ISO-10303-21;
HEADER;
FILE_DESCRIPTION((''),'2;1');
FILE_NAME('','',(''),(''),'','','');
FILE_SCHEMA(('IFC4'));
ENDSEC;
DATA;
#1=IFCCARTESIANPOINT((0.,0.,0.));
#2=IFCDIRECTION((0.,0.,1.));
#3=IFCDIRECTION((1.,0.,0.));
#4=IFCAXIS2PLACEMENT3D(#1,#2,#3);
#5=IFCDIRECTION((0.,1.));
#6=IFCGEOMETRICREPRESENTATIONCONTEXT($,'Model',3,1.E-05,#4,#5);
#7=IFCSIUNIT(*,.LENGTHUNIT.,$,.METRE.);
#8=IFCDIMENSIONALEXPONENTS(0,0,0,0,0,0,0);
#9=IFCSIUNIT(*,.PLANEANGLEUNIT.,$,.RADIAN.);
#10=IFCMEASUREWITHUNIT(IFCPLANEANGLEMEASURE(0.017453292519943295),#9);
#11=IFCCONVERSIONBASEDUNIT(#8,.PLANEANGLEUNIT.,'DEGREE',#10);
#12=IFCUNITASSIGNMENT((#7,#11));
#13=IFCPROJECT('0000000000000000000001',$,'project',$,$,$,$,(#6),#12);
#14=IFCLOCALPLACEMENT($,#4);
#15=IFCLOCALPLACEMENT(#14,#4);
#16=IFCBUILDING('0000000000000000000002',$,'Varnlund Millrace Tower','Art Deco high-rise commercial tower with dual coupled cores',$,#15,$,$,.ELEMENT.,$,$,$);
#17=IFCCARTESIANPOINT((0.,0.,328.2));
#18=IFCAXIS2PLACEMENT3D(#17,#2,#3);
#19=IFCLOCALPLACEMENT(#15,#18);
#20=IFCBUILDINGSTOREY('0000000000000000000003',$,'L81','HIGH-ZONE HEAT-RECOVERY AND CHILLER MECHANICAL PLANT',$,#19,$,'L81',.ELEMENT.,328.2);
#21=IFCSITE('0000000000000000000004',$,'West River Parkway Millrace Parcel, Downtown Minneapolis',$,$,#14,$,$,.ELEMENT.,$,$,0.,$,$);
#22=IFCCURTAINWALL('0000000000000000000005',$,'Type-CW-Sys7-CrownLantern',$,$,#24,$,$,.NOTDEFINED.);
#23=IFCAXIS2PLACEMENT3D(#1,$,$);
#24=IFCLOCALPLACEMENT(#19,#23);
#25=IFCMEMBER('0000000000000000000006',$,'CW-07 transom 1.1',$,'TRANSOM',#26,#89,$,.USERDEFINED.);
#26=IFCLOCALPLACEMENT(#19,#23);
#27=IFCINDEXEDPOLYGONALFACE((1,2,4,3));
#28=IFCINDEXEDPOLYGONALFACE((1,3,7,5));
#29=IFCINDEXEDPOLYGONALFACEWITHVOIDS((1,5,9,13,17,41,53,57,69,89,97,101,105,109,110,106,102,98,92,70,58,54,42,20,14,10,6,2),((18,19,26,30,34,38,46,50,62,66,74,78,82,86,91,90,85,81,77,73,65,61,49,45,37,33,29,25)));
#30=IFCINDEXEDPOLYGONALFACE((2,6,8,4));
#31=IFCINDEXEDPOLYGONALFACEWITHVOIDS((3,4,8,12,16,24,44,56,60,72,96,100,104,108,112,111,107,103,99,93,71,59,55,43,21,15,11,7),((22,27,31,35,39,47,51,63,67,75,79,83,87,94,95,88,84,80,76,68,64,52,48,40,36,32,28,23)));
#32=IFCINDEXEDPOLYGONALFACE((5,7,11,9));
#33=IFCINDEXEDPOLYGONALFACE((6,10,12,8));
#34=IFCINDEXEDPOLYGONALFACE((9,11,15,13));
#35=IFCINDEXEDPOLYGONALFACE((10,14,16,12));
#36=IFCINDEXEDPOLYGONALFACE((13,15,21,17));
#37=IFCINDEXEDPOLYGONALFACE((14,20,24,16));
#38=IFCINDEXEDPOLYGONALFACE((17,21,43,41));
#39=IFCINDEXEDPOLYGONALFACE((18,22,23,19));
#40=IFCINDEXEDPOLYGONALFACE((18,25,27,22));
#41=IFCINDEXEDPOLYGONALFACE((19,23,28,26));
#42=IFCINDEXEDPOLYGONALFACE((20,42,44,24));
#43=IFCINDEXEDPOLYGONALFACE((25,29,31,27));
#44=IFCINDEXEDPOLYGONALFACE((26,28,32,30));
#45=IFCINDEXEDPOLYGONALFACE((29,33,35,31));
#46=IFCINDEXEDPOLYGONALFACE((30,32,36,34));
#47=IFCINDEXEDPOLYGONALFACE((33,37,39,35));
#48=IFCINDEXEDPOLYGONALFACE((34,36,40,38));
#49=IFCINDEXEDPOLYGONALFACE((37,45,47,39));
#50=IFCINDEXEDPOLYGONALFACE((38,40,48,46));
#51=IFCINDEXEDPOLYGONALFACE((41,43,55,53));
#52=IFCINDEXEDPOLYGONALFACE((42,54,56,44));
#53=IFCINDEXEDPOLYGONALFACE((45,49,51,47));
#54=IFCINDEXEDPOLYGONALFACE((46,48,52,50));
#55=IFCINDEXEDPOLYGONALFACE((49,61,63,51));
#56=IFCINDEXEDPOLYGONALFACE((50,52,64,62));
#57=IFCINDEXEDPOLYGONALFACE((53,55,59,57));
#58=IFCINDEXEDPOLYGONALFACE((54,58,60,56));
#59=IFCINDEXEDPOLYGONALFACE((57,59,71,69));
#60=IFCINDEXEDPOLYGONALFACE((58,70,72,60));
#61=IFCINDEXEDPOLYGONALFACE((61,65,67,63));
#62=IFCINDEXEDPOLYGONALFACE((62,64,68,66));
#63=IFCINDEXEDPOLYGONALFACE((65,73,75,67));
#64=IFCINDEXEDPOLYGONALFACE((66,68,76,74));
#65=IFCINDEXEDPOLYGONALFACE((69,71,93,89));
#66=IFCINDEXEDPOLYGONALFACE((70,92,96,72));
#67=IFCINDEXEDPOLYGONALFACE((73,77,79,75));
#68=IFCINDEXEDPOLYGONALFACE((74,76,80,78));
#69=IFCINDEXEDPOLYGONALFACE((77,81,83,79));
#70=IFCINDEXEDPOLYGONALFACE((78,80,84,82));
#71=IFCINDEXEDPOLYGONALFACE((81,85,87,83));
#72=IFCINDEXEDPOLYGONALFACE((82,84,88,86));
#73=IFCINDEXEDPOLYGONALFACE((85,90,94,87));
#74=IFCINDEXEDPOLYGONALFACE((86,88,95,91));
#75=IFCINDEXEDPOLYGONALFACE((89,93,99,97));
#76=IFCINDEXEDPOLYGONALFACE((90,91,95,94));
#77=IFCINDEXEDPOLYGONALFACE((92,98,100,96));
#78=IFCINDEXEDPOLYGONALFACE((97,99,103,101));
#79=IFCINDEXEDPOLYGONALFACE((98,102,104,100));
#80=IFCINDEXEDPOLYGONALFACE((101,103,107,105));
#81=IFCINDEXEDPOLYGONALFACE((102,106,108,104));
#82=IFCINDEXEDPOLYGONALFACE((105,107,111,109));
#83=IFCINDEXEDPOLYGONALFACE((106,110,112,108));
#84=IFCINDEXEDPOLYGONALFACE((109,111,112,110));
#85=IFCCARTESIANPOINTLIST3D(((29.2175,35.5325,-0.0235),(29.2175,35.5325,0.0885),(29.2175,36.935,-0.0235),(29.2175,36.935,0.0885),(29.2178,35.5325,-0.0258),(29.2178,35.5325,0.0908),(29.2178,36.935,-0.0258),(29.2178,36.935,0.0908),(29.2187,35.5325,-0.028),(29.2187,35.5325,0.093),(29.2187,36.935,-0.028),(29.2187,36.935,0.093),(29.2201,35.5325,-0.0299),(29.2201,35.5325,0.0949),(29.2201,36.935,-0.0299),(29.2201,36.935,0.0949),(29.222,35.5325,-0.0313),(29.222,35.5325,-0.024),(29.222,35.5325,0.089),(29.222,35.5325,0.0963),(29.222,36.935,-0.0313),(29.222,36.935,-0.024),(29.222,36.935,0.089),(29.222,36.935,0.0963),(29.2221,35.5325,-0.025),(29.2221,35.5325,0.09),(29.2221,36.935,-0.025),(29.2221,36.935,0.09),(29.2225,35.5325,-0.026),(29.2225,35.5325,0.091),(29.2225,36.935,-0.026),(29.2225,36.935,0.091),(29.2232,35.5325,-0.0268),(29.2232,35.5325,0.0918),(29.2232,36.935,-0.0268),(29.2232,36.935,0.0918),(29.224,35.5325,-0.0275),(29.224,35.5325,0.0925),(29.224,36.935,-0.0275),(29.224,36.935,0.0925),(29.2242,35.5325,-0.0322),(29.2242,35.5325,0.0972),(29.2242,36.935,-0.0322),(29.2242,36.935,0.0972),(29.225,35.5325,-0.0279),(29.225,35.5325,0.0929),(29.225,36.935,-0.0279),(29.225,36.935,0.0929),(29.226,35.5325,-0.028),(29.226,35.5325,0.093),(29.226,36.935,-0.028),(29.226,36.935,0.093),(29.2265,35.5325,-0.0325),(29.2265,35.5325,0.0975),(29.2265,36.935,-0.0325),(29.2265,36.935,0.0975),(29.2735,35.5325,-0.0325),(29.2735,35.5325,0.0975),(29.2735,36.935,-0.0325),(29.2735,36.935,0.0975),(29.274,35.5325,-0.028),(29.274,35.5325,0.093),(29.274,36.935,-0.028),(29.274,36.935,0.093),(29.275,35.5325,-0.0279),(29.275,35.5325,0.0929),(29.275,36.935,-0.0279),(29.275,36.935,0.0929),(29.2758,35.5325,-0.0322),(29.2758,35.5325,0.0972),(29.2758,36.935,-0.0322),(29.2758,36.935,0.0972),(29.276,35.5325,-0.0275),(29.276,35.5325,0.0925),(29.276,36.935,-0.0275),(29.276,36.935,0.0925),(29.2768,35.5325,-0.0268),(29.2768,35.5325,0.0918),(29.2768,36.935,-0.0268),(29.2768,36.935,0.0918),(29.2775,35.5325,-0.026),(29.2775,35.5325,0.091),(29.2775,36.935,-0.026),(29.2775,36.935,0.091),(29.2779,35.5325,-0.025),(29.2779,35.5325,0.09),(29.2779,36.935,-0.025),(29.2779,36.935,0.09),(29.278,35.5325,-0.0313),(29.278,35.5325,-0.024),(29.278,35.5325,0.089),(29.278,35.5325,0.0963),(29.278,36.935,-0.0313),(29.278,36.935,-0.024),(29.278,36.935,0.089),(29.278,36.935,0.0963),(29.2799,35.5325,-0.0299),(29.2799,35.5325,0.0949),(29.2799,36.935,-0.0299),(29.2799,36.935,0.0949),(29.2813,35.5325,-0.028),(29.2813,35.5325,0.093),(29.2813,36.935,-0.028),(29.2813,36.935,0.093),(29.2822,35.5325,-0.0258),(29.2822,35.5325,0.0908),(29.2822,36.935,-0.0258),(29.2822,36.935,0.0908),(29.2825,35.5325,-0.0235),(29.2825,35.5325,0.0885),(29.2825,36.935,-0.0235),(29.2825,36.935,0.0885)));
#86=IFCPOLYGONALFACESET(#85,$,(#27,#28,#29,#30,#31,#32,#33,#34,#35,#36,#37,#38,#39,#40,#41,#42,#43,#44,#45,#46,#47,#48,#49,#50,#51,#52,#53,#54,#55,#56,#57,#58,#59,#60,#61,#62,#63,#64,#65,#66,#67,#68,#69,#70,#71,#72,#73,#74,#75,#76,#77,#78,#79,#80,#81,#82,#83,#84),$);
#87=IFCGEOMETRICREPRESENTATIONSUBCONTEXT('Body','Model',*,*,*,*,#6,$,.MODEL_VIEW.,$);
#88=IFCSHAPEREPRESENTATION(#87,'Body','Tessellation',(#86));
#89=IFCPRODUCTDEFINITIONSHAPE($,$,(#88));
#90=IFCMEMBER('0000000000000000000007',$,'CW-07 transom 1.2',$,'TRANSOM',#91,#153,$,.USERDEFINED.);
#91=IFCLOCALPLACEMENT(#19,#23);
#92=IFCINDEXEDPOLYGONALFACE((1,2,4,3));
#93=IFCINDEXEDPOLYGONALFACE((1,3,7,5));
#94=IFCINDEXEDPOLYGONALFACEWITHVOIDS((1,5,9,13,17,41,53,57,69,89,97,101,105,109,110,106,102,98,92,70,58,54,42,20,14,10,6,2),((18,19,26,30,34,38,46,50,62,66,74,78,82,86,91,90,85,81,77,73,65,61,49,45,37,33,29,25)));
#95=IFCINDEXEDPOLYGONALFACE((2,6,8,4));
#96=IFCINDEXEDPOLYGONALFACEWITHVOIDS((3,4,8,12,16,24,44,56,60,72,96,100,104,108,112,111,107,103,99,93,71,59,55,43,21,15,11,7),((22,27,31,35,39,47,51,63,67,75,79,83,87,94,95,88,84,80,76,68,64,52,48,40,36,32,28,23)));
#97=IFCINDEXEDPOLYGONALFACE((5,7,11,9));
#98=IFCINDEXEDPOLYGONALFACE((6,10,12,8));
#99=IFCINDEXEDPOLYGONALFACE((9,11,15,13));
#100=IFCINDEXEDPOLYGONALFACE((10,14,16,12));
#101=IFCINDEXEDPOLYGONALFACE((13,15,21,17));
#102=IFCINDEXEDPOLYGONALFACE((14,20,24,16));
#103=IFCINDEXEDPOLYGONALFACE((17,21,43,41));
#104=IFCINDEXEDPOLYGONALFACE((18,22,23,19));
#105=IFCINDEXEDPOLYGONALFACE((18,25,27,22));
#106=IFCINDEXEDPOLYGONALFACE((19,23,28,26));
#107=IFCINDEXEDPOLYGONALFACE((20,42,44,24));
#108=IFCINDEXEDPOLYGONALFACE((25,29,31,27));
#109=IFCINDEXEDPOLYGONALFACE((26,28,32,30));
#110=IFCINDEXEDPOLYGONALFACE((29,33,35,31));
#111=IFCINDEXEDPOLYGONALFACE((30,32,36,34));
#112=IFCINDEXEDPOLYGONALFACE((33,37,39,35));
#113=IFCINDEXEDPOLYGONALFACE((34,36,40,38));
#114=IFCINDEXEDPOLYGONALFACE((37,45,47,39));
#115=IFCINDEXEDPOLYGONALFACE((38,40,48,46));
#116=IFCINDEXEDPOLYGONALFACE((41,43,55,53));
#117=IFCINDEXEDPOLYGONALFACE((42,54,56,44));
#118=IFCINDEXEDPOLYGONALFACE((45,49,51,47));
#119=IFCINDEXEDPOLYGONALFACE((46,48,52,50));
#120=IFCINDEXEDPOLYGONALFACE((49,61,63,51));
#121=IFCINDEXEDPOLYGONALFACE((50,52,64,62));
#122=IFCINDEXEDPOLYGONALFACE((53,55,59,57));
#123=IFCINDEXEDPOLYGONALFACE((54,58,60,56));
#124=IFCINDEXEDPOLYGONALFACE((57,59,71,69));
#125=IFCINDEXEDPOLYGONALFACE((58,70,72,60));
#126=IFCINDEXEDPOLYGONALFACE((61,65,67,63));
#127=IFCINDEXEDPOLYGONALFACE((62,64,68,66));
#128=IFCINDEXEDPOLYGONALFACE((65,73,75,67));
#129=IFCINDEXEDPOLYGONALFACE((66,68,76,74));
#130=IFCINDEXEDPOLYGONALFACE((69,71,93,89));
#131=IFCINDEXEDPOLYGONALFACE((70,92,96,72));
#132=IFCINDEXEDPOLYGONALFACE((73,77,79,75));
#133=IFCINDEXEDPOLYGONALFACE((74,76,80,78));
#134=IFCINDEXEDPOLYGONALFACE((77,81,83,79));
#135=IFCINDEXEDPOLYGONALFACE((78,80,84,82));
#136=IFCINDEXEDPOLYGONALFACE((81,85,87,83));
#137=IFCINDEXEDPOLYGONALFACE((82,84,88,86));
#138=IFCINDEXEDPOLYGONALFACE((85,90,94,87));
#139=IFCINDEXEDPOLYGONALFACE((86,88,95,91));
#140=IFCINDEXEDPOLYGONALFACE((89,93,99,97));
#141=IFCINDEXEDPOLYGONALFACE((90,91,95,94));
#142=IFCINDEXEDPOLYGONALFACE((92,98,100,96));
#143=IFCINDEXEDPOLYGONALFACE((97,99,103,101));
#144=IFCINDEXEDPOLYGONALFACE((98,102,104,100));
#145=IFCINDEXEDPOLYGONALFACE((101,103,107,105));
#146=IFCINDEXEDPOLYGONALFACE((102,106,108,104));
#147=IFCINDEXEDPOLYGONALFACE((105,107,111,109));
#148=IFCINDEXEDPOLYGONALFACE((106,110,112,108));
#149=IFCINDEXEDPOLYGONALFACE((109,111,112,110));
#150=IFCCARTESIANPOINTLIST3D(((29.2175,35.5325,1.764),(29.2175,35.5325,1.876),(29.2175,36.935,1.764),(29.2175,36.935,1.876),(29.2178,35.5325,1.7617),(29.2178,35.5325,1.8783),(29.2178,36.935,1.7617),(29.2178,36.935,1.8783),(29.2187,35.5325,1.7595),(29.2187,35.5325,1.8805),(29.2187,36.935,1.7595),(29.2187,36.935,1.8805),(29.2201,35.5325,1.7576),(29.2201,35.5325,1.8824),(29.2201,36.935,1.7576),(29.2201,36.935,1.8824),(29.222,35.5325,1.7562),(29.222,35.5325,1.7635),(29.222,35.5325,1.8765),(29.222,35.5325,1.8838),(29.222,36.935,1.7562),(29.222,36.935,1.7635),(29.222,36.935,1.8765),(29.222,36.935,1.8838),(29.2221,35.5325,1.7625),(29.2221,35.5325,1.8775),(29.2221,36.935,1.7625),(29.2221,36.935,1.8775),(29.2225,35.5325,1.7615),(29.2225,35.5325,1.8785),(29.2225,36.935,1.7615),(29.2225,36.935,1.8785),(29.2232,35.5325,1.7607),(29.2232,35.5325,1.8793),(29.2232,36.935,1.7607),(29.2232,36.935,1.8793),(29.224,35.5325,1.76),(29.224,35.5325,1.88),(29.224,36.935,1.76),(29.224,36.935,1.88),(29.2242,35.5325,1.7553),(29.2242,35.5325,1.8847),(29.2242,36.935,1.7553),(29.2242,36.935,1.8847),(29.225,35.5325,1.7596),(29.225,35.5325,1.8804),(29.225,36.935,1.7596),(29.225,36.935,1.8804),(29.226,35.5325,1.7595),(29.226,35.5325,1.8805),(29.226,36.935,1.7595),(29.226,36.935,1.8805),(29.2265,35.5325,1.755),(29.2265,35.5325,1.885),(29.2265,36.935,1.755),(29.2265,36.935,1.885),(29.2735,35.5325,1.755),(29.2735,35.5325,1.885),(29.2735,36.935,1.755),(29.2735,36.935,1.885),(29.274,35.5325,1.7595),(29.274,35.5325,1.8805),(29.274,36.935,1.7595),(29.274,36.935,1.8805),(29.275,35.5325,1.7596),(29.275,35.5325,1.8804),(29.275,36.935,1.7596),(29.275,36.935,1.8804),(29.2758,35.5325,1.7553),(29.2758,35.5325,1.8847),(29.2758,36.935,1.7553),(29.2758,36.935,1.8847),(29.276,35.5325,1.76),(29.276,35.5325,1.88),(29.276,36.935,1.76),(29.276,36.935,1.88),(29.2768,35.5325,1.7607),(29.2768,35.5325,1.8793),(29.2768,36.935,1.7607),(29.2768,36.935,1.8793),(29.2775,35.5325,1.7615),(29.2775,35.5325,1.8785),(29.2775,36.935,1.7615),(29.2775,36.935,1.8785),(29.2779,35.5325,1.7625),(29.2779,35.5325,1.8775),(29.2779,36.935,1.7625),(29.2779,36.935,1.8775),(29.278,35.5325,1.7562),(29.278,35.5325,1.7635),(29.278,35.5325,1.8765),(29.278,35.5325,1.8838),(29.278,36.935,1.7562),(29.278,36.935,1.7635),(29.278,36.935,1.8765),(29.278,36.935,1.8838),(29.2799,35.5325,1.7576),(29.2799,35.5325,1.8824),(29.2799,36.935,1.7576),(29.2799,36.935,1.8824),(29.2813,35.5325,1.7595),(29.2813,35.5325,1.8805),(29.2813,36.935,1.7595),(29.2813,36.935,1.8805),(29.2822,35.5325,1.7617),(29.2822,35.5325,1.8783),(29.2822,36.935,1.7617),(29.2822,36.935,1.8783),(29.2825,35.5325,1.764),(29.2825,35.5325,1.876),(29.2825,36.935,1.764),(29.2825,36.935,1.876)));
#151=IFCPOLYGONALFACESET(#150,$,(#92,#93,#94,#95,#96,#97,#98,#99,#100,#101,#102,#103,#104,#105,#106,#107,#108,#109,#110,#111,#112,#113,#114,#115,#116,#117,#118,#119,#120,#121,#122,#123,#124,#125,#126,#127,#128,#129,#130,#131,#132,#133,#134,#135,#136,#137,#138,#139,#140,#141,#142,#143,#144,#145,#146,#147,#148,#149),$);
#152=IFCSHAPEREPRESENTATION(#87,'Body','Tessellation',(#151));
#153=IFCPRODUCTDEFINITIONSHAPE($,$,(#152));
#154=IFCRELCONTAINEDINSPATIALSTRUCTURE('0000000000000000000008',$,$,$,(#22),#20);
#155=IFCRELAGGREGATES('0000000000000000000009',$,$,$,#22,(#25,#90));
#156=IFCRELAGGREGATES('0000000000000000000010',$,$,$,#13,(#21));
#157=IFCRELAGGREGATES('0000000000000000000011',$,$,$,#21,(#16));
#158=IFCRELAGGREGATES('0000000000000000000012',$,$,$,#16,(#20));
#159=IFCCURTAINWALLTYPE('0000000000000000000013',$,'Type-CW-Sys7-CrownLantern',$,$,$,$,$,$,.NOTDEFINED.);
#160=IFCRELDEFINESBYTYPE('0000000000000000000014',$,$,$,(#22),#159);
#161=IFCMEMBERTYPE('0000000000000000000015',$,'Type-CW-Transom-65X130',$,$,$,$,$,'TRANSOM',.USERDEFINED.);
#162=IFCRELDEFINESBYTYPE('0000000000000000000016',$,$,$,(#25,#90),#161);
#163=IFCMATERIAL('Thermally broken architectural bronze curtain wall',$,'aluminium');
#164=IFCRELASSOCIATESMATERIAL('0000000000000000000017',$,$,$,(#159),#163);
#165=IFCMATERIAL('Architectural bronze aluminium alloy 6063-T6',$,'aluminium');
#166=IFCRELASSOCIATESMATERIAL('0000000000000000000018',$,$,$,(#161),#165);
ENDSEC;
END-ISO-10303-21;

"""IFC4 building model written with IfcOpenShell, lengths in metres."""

from ifc_helpers import new_model, entity, si_unit, converted_unit, direction, frame, origin_with_axes, origin_2d_with_axis, place, context, subcontext, project, spatial, hollow_rectangle, extrude, material, material_profile, profile_set, type_object, element, aggregate, save


model = new_model("IFC4")

# Units and contexts
model_context = context("Model", 3, precision=1e-05, world=origin_with_axes(), true_north=direction((0.0, 1.0)))
body_context = subcontext(model_context, "Body", "Model", "MODEL_VIEW")
ifc_project = project(units=[si_unit("LENGTHUNIT", "METRE"), converted_unit("PLANEANGLEUNIT", "DEGREE", entity("IfcPlaneAngleMeasure", 0.017453292519943295), si_unit("PLANEANGLEUNIT", "RADIAN"), dimensions=[0, 0, 0, 0, 0, 0, 0])], contexts=[model_context])

# Site, building, storey
site_placement = place(None, origin_with_axes())
site = spatial("IfcSite", under=ifc_project, at=site_placement, Name="West River Parkway Millrace Parcel, Downtown Minneapolis", CompositionType="ELEMENT", RefElevation=0.0)
building_placement = place(site_placement, origin_with_axes())
building = spatial("IfcBuilding", under=site, at=building_placement, Name="Varnlund Millrace Tower", Description="Art Deco high-rise commercial tower with dual coupled cores", CompositionType="ELEMENT")
storey_placement = place(building_placement, frame((0.0, 0.0, 328.2), z_axis=(0.0, 0.0, 1.0), x_axis=(1.0, 0.0, 0.0)))
storey = spatial("IfcBuildingStorey", under=building, at=storey_placement, Name="L81", Description="HIGH-ZONE HEAT-RECOVERY AND CHILLER MECHANICAL PLANT", LongName="L81", CompositionType="ELEMENT", Elevation=328.2)

# Curtain wall, members
ifc_material_1 = material(Name="Thermally broken architectural bronze curtain wall", Category="aluminium")
curtain_wall_type = type_object("IfcCurtainWallType", Name="Type-CW-Sys7-CrownLantern", PredefinedType="NOTDEFINED", material=ifc_material_1)
curtain_wall_1_placement = place(storey_placement, frame((29.25, 37.0, 0.0), z_axis=(0.0, 0.0, 1.0), x_axis=(1.0, 0.0, 0.0)))
curtain_wall_1 = element("IfcCurtainWall", 1, at=curtain_wall_1_placement, inside=storey, type_object=curtain_wall_type, Name="Type-CW-Sys7-CrownLantern", PredefinedType="NOTDEFINED")
ifc_material_2 = material(Name="Architectural bronze aluminium alloy 6063-T6", Category="aluminium")
ifc_material_profile_1 = material_profile(ifc_material_2, hollow_rectangle(XDim=0.065, YDim=0.13, WallThickness=0.0045, InnerFilletRadius=0.004, OuterFilletRadius=0.009, at=origin_2d_with_axis()), Name="Architectural bronze aluminium alloy 6063-T6")
ifc_profile_set_1 = profile_set([ifc_material_profile_1], Name="Architectural bronze aluminium alloy 6063-T6")
member_type = type_object("IfcMemberType", Name="Type-CW-Transom-65X130", ElementType="TRANSOM", PredefinedType="USERDEFINED", material=ifc_profile_set_1)
member_1_placement = place(storey_placement, frame((29.25, 36.935, 0.0325), z_axis=(0.0, -1.0, 0.0), x_axis=(1.0, 0.0, 0.0)))
member_1 = element("IfcMember", 2, at=member_1_placement, type_object=member_type, Name="CW-07 transom 1.1", ObjectType="TRANSOM", PredefinedType="USERDEFINED", context=body_context, shape_type="SweptSolid", body=[
    extrude(hollow_rectangle(XDim=0.065, YDim=0.13, WallThickness=0.0045, InnerFilletRadius=0.004, OuterFilletRadius=0.009, at=origin_2d_with_axis()), origin_with_axes(), (0.0, 0.0, 1.0), 1.4025),
])
member_2_placement = place(storey_placement, frame((29.25, 36.935, 1.82), z_axis=(0.0, -1.0, 0.0), x_axis=(1.0, 0.0, 0.0)))
member_2 = element("IfcMember", 3, at=member_2_placement, type_object=member_type, Name="CW-07 transom 1.2", ObjectType="TRANSOM", PredefinedType="USERDEFINED", context=body_context, shape_type="SweptSolid", body=[
    extrude(hollow_rectangle(XDim=0.065, YDim=0.13, WallThickness=0.0045, InnerFilletRadius=0.004, OuterFilletRadius=0.009, at=origin_2d_with_axis()), origin_with_axes(), (0.0, 0.0, 1.0), 1.4025),
])

aggregate(curtain_wall_1, [member_1, member_2])

save(model, "model.ifc")
